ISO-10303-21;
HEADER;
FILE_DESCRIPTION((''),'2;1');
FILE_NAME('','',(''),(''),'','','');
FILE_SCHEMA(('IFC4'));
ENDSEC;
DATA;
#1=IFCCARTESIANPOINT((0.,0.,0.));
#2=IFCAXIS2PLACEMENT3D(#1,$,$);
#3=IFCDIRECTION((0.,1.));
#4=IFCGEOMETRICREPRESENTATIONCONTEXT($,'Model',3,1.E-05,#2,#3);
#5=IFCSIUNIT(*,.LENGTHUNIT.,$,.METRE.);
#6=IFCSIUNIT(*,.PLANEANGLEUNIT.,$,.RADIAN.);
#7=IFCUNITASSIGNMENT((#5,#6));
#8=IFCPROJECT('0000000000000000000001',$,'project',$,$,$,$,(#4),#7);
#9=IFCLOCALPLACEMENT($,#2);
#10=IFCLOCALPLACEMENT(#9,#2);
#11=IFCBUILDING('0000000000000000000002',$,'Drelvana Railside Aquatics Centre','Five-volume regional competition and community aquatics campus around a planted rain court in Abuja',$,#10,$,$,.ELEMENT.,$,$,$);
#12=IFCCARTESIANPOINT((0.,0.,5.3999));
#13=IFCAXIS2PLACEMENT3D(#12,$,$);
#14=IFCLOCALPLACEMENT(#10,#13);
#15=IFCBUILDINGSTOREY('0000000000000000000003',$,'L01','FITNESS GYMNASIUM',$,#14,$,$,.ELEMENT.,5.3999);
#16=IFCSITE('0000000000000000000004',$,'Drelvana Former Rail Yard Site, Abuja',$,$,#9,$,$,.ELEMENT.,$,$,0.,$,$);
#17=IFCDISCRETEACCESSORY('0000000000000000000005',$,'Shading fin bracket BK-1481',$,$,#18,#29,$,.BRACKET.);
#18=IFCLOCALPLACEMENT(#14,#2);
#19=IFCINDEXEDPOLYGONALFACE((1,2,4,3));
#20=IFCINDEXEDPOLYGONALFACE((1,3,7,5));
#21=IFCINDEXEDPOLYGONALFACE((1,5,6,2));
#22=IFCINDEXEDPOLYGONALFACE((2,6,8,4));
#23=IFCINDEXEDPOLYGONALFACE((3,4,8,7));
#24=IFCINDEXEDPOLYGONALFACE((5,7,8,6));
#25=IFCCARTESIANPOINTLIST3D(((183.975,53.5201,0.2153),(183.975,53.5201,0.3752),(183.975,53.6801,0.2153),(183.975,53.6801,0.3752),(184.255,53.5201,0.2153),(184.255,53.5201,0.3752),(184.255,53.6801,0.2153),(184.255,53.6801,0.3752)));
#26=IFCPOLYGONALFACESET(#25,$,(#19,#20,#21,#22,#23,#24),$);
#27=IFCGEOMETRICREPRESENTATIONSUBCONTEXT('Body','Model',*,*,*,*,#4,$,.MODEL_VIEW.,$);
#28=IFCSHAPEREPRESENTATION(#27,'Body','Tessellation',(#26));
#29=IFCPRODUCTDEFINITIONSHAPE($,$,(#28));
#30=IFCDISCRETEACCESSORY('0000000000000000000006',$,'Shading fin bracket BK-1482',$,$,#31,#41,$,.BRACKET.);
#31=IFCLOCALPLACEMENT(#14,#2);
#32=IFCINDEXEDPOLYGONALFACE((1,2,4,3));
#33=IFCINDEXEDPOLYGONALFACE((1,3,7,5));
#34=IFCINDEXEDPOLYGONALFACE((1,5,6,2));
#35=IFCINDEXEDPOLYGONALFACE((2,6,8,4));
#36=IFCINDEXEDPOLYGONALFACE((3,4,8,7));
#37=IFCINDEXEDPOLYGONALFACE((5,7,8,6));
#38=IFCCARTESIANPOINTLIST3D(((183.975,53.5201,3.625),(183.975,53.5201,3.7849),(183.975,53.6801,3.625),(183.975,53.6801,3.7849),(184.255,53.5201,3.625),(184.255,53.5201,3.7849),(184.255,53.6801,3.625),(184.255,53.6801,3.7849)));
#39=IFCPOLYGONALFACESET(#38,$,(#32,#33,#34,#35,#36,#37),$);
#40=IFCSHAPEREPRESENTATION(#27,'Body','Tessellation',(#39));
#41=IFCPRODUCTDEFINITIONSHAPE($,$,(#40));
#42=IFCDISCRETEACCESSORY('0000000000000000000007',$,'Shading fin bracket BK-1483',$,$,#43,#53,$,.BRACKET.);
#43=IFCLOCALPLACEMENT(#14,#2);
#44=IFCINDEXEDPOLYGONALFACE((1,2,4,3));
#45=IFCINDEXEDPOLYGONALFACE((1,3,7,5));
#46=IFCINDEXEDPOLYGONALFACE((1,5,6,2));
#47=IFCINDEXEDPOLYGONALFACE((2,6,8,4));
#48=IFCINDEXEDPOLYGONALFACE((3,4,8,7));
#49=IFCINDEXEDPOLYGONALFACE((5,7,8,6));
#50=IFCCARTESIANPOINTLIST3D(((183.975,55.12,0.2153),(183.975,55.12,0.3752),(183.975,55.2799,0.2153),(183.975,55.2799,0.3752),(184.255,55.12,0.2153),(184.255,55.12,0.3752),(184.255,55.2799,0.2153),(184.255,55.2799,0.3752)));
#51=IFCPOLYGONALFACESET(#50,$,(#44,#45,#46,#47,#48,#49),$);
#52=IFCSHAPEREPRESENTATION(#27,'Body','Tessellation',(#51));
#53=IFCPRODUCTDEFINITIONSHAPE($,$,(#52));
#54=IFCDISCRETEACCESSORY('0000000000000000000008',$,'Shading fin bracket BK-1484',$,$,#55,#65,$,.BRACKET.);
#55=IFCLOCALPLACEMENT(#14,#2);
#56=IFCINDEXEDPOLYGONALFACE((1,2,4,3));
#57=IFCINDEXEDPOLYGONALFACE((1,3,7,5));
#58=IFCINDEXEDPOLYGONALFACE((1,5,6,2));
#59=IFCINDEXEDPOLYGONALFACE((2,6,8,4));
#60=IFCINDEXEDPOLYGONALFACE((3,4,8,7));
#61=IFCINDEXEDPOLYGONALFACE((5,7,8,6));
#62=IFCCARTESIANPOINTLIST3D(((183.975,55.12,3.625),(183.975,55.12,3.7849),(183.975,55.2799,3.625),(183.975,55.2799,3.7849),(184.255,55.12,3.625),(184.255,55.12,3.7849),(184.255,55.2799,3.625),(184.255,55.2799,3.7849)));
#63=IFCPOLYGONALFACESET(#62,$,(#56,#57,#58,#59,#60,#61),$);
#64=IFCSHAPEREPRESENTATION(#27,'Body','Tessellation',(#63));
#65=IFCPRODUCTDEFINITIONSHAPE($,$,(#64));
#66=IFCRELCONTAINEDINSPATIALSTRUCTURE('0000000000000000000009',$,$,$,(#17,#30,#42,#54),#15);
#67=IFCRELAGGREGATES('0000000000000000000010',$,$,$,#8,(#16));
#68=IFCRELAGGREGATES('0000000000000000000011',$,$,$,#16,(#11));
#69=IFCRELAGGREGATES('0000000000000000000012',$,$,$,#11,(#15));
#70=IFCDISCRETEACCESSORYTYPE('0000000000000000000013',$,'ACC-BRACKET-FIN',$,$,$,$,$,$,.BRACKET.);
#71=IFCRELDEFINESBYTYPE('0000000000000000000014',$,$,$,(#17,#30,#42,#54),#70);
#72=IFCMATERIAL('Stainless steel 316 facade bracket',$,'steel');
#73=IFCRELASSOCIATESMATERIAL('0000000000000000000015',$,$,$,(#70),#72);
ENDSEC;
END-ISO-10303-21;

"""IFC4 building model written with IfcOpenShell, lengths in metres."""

from ifc_helpers import new_model, si_unit, direction, frame, origin, origin_2d, place, context, subcontext, project, spatial, rectangle, extrude, material, type_object, element, save


model = new_model("IFC4")

# Units and contexts
model_context = context("Model", 3, precision=1e-05, world=origin(), true_north=direction((0.0, 1.0)))
body_context = subcontext(model_context, "Body", "Model", "MODEL_VIEW")
ifc_project = project(units=[si_unit("LENGTHUNIT", "METRE"), si_unit("PLANEANGLEUNIT", "RADIAN")], contexts=[model_context])

# Site, building, storey
site_placement = place(None, origin())
site = spatial("IfcSite", under=ifc_project, at=site_placement, Name="Drelvana Former Rail Yard Site, Abuja", CompositionType="ELEMENT", RefElevation=0.0)
building_placement = place(site_placement, origin())
building = spatial("IfcBuilding", under=site, at=building_placement, Name="Drelvana Railside Aquatics Centre", Description="Five-volume regional competition and community aquatics campus around a planted rain court in Abuja", CompositionType="ELEMENT")
storey_placement = place(building_placement, frame((0.0, 0.0, 5.3999)))
storey = spatial("IfcBuildingStorey", under=building, at=storey_placement, Name="L01", Description="FITNESS GYMNASIUM", CompositionType="ELEMENT", Elevation=5.3999)

# Discrete accessories
ifc_material_1 = material(Name="Stainless steel 316 facade bracket", Category="steel")
discrete_accessory_type = type_object("IfcDiscreteAccessoryType", Name="ACC-BRACKET-FIN", PredefinedType="BRACKET", material=ifc_material_1)
for number, where, z_axis, x_axis, name in (
    (1, (184.115, 53.6001, 0.2153), (0.0, 0.0, 1.0), (1.0, 0.0, 0.0), "Shading fin bracket BK-1481"),
    (2, (184.115, 53.6001, 3.625), (0.0, 0.0, 1.0), (1.0, 0.0, 0.0), "Shading fin bracket BK-1482"),
    (3, (184.115, 55.2, 0.2153), (0.0, 0.0, 1.0), (1.0, 0.0, 0.0), "Shading fin bracket BK-1483"),
    (4, (184.115, 55.2, 3.625), (0.0, 0.0, 1.0), (1.0, 0.0, 0.0), "Shading fin bracket BK-1484"),
):
    element("IfcDiscreteAccessory", number, at=place(storey_placement, frame(where, z_axis=z_axis, x_axis=x_axis)), inside=storey, type_object=discrete_accessory_type, Name=name, PredefinedType="BRACKET", context=body_context, shape_type="SweptSolid", body=[
        extrude(rectangle(XDim=0.28, YDim=0.1599, at=origin_2d()), origin(), (0.0, 0.0, 1.0), 0.1599),
    ])

save(model, "model.ifc")
